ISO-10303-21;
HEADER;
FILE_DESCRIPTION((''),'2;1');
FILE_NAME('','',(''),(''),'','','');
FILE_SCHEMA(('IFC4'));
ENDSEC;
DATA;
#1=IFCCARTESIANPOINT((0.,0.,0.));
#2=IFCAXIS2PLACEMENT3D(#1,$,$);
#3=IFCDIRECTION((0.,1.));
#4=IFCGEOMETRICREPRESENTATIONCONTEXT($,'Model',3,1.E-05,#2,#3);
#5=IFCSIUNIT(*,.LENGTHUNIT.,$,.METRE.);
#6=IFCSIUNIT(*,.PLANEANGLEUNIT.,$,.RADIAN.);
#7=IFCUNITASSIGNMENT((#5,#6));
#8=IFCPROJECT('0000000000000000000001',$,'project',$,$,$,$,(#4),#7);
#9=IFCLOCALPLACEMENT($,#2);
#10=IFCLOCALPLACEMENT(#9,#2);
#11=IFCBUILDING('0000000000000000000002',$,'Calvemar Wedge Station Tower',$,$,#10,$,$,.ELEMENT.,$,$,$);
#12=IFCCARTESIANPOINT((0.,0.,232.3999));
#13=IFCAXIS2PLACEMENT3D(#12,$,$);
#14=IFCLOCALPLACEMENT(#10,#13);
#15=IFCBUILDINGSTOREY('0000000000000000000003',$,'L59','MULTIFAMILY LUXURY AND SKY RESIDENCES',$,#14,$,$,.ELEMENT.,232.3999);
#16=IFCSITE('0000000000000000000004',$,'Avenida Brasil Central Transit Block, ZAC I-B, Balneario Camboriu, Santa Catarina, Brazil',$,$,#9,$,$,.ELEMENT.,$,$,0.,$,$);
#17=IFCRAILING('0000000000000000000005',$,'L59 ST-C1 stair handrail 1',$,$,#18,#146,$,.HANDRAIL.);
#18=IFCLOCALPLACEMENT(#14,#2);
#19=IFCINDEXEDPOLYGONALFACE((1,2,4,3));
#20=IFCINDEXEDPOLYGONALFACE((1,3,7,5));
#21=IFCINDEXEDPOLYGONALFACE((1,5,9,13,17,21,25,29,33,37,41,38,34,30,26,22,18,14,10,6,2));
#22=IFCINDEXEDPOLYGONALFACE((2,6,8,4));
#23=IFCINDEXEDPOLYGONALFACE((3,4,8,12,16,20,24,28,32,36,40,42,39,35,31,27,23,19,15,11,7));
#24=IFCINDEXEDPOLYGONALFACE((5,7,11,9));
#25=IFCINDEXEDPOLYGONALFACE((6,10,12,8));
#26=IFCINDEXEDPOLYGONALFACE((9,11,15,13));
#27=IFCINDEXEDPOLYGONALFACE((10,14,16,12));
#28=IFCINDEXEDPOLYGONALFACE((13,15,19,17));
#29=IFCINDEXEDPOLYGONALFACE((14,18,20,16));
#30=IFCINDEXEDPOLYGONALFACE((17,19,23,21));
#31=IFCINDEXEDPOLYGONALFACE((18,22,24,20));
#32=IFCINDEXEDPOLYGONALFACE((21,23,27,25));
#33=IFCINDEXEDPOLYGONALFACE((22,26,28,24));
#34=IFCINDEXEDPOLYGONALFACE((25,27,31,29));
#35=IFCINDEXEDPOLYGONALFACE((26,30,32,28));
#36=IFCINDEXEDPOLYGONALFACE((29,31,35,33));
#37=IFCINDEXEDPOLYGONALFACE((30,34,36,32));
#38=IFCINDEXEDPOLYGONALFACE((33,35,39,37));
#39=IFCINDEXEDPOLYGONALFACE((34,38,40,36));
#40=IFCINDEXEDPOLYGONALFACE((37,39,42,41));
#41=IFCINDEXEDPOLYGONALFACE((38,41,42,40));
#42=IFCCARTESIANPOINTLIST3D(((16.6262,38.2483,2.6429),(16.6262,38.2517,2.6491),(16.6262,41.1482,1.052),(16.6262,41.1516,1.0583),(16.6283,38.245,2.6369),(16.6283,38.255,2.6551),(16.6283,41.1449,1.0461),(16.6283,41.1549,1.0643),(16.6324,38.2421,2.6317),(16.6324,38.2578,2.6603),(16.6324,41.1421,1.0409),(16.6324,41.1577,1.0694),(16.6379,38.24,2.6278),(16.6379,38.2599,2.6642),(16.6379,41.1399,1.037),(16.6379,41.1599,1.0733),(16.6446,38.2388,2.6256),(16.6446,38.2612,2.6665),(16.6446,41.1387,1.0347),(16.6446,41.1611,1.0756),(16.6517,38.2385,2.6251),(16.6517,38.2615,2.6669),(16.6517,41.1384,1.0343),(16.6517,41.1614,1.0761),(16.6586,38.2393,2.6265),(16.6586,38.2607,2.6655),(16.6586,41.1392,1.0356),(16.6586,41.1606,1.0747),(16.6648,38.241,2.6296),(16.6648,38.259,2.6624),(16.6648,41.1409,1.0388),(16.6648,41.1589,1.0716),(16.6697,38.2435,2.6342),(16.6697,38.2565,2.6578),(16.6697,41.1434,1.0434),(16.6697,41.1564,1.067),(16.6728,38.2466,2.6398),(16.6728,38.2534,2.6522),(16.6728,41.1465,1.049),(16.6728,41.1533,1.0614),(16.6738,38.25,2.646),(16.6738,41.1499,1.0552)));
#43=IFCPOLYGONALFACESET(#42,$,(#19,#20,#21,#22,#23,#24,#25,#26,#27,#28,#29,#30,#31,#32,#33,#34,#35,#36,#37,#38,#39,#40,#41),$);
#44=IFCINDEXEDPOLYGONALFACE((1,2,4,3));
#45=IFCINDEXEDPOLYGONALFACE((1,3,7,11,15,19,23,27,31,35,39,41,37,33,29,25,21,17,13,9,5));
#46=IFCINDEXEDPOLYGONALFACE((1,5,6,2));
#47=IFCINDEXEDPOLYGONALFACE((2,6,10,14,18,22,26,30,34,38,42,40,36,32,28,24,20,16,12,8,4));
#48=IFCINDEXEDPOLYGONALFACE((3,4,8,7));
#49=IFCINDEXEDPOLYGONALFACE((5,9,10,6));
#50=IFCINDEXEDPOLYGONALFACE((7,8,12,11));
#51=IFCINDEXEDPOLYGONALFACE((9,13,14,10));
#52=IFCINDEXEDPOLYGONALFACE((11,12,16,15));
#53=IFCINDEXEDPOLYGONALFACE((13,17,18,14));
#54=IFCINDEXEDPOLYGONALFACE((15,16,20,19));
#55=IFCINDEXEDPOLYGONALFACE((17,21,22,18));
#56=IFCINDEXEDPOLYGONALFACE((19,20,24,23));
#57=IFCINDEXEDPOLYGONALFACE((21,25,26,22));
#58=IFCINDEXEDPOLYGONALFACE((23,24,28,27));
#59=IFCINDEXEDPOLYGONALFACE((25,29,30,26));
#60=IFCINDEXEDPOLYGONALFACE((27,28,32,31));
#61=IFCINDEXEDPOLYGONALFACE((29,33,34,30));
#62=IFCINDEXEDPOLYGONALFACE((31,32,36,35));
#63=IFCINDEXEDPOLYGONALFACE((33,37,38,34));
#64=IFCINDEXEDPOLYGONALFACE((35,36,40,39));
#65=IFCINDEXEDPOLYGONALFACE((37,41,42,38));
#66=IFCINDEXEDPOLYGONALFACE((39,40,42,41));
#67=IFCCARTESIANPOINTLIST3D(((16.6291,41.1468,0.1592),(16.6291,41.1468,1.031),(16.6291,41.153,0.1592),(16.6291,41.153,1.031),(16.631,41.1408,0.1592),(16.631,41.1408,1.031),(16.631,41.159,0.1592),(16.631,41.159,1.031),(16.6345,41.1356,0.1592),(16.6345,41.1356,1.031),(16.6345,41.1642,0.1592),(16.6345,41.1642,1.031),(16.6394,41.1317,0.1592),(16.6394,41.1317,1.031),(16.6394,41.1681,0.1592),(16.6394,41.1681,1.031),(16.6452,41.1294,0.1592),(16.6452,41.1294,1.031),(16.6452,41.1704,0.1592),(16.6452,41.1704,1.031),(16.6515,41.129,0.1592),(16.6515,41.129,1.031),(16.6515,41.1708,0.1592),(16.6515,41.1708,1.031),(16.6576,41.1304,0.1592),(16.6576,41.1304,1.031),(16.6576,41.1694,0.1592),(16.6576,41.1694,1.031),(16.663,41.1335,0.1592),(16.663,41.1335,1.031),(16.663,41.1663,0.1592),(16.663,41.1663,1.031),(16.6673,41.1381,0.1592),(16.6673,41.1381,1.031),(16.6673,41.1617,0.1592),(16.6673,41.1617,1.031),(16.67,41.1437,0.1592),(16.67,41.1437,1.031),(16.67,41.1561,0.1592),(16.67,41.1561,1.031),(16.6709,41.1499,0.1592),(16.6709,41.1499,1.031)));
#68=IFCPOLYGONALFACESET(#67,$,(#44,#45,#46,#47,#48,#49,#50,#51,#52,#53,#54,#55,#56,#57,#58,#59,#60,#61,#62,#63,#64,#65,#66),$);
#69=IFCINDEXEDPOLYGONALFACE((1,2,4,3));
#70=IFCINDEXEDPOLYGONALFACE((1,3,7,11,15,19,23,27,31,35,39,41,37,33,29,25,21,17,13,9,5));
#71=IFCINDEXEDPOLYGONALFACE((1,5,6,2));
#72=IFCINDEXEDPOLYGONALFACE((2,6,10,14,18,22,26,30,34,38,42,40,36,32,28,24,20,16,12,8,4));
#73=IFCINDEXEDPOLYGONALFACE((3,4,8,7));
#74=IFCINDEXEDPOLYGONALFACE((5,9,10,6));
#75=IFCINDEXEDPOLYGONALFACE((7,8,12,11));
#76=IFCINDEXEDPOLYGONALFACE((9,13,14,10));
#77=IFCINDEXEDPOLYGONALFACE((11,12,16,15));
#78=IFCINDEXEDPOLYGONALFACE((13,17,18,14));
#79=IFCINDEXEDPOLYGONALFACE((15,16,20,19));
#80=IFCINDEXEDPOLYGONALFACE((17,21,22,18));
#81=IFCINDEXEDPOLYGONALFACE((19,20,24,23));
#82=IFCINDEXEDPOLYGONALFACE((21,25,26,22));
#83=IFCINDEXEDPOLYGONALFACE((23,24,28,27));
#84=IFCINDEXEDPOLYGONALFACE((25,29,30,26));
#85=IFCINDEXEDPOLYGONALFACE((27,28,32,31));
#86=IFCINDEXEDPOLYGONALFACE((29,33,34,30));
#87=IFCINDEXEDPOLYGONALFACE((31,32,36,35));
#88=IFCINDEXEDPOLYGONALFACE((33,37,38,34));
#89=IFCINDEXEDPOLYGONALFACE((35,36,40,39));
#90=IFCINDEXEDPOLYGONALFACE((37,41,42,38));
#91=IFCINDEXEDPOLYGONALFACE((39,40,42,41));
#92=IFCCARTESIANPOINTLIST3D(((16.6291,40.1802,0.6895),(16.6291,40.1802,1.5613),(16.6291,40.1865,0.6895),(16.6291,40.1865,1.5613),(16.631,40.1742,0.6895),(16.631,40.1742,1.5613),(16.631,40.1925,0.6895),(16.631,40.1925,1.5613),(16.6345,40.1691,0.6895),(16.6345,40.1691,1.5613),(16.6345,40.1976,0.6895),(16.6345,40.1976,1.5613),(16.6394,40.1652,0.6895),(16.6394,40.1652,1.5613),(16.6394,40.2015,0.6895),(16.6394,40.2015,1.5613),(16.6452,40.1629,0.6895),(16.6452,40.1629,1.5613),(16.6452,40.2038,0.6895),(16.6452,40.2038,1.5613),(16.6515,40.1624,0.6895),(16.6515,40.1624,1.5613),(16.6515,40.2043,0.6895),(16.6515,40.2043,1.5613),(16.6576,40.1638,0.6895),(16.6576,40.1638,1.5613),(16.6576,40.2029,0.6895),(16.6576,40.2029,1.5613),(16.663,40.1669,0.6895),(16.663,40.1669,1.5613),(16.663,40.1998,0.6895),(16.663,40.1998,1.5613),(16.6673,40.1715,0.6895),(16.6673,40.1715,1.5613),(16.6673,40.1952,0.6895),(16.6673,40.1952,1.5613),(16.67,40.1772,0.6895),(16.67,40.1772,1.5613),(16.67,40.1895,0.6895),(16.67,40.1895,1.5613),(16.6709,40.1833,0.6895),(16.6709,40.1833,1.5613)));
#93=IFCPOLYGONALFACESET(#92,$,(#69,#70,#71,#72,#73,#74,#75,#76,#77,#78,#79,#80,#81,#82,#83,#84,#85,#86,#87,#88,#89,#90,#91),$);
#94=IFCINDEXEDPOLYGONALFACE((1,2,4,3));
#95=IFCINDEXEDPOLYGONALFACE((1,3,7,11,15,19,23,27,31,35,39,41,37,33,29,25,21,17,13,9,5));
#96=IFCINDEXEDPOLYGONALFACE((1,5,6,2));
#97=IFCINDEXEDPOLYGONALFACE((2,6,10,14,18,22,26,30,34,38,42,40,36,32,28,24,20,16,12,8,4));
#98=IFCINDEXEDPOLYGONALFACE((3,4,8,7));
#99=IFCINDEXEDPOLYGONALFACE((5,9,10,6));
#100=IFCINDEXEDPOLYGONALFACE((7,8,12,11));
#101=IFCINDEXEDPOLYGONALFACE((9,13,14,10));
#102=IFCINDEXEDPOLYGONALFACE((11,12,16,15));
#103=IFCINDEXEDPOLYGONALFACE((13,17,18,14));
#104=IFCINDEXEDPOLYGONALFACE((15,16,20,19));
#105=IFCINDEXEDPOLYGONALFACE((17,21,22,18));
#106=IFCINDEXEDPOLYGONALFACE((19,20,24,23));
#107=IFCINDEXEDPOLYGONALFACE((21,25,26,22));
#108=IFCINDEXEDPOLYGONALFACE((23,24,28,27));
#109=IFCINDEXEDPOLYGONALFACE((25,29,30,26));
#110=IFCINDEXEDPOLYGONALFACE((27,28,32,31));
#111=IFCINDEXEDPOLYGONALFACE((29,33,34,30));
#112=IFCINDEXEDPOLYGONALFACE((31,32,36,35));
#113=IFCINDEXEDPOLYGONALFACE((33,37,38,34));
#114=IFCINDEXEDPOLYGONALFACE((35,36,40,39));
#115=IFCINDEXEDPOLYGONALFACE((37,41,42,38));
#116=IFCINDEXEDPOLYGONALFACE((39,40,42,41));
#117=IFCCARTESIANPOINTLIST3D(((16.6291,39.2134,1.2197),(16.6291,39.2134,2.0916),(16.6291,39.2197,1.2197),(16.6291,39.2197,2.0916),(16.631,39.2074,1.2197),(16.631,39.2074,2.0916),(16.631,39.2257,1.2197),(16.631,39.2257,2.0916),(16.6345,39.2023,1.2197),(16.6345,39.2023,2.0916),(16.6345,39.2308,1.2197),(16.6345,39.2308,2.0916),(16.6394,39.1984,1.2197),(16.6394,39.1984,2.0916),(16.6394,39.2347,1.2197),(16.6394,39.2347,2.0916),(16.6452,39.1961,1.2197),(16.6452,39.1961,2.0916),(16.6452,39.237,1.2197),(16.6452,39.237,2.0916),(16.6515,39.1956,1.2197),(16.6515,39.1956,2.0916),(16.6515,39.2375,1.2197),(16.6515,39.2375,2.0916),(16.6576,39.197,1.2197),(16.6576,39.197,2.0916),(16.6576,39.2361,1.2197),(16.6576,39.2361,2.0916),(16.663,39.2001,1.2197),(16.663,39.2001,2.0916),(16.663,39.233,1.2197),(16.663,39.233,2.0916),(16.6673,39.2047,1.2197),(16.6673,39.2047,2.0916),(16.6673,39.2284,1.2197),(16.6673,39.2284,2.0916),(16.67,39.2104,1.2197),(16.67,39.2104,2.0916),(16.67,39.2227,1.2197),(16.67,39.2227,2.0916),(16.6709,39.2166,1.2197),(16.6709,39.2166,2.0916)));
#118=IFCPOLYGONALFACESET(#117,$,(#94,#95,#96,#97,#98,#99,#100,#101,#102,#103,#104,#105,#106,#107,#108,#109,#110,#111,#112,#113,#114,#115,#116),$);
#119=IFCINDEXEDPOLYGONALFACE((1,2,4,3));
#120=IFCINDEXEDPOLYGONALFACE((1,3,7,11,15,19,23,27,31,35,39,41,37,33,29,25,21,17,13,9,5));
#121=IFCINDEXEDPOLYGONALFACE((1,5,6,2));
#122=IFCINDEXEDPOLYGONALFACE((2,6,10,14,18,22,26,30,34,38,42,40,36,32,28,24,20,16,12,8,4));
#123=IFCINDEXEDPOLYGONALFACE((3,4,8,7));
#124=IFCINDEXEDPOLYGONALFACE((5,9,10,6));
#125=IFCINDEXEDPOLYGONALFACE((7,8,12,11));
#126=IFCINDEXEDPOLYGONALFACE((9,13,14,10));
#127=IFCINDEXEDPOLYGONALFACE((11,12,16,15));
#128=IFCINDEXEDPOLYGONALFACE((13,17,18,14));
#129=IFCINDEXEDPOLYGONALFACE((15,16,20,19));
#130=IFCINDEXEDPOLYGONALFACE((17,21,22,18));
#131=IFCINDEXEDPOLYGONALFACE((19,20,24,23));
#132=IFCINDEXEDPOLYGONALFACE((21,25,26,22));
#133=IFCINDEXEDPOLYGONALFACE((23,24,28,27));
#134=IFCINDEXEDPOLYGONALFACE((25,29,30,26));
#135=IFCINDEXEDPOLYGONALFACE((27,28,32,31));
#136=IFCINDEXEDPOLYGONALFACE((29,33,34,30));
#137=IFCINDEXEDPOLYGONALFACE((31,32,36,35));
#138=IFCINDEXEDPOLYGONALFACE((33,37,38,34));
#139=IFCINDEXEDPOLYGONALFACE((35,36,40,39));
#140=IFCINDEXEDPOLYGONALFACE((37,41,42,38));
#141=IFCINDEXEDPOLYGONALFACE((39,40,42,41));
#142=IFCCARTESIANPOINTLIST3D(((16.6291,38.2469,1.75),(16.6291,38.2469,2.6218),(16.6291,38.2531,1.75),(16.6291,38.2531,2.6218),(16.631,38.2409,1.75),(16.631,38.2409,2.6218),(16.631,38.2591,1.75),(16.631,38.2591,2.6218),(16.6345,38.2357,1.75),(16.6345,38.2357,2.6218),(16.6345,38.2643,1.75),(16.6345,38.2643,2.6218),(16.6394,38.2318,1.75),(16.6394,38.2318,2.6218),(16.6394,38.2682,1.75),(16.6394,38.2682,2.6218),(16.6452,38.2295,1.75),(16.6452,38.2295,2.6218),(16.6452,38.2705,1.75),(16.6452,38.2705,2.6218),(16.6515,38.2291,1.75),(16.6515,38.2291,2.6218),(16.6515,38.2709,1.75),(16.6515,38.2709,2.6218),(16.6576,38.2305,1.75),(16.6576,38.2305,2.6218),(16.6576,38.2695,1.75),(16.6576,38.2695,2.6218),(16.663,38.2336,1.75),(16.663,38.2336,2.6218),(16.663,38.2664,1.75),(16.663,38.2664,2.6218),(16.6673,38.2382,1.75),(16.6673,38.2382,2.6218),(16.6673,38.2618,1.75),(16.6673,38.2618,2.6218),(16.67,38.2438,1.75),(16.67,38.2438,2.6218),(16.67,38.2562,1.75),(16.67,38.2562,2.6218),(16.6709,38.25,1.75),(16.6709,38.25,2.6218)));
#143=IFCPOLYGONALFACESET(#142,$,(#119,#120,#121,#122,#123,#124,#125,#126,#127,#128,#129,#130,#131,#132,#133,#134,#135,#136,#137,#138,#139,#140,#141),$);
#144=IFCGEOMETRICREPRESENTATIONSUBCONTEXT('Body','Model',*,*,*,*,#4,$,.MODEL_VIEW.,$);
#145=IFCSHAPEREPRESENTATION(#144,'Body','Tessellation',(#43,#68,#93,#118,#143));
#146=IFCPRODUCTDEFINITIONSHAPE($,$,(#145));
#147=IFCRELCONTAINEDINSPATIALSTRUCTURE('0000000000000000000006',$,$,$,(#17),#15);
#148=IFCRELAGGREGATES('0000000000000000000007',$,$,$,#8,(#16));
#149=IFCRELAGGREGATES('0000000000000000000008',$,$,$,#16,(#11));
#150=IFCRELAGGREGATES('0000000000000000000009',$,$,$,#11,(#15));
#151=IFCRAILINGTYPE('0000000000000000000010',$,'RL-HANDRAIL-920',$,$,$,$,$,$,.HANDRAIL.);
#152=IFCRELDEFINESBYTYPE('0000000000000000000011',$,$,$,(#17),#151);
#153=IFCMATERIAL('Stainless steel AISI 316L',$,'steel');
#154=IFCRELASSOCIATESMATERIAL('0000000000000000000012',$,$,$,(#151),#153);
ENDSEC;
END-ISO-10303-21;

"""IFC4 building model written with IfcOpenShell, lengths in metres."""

from ifc_helpers import new_model, si_unit, direction, frame, origin, origin_2d, place, context, subcontext, project, spatial, circle, extrude, material, type_object, element, save


model = new_model("IFC4")

# Units and contexts
model_context = context("Model", 3, precision=1e-05, world=origin(), true_north=direction((0.0, 1.0)))
body_context = subcontext(model_context, "Body", "Model", "MODEL_VIEW")
ifc_project = project(units=[si_unit("LENGTHUNIT", "METRE"), si_unit("PLANEANGLEUNIT", "RADIAN")], contexts=[model_context])

# Site, building, storey
site_placement = place(None, origin())
site = spatial("IfcSite", under=ifc_project, at=site_placement, Name="Avenida Brasil Central Transit Block, ZAC I-B, Balneario Camboriu, Santa Catarina, Brazil", CompositionType="ELEMENT", RefElevation=0.0)
building_placement = place(site_placement, origin())
building = spatial("IfcBuilding", under=site, at=building_placement, Name="Calvemar Wedge Station Tower", CompositionType="ELEMENT")
storey_placement = place(building_placement, frame((0.0, 0.0, 232.3999)))
storey = spatial("IfcBuildingStorey", under=building, at=storey_placement, Name="L59", Description="MULTIFAMILY LUXURY AND SKY RESIDENCES", CompositionType="ELEMENT", Elevation=232.3999)

# Railing
ifc_material_1 = material(Name="Stainless steel AISI 316L", Category="steel")
railing_type_1 = type_object("IfcRailingType", Name="RL-HANDRAIL-920", PredefinedType="HANDRAIL", material=ifc_material_1)
railing_1_placement = place(storey_placement, frame((16.6499, 41.1499, 0.1592)))
element("IfcRailing", 1, at=railing_1_placement, inside=storey, type_object=railing_type_1, Name="L59 ST-C1 stair handrail 1", PredefinedType="HANDRAIL", context=body_context, shape_type="SweptSolid", body=[
    extrude(circle(Radius=0.0239, at=origin_2d()), frame((0.0, 0.0, 0.896), z_axis=(0.0, -0.876742, 0.480961), x_axis=(1.0, 0.0, 0.0)), (0.0, 0.0, 1.0), 3.3076),
    extrude(circle(Radius=0.021, at=origin_2d()), origin(), (0.0, 0.0, 1.0), 0.8718),
    extrude(circle(Radius=0.021, at=origin_2d()), frame((0.0, -0.9666, 0.5303)), (0.0, 0.0, 1.0), 0.8718),
    extrude(circle(Radius=0.021, at=origin_2d()), frame((0.0, -1.9333, 1.0605)), (0.0, 0.0, 1.0), 0.8718),
    extrude(circle(Radius=0.021, at=origin_2d()), frame((0.0, -2.8999, 1.5908)), (0.0, 0.0, 1.0), 0.8718),
])

save(model, "model.ifc")
